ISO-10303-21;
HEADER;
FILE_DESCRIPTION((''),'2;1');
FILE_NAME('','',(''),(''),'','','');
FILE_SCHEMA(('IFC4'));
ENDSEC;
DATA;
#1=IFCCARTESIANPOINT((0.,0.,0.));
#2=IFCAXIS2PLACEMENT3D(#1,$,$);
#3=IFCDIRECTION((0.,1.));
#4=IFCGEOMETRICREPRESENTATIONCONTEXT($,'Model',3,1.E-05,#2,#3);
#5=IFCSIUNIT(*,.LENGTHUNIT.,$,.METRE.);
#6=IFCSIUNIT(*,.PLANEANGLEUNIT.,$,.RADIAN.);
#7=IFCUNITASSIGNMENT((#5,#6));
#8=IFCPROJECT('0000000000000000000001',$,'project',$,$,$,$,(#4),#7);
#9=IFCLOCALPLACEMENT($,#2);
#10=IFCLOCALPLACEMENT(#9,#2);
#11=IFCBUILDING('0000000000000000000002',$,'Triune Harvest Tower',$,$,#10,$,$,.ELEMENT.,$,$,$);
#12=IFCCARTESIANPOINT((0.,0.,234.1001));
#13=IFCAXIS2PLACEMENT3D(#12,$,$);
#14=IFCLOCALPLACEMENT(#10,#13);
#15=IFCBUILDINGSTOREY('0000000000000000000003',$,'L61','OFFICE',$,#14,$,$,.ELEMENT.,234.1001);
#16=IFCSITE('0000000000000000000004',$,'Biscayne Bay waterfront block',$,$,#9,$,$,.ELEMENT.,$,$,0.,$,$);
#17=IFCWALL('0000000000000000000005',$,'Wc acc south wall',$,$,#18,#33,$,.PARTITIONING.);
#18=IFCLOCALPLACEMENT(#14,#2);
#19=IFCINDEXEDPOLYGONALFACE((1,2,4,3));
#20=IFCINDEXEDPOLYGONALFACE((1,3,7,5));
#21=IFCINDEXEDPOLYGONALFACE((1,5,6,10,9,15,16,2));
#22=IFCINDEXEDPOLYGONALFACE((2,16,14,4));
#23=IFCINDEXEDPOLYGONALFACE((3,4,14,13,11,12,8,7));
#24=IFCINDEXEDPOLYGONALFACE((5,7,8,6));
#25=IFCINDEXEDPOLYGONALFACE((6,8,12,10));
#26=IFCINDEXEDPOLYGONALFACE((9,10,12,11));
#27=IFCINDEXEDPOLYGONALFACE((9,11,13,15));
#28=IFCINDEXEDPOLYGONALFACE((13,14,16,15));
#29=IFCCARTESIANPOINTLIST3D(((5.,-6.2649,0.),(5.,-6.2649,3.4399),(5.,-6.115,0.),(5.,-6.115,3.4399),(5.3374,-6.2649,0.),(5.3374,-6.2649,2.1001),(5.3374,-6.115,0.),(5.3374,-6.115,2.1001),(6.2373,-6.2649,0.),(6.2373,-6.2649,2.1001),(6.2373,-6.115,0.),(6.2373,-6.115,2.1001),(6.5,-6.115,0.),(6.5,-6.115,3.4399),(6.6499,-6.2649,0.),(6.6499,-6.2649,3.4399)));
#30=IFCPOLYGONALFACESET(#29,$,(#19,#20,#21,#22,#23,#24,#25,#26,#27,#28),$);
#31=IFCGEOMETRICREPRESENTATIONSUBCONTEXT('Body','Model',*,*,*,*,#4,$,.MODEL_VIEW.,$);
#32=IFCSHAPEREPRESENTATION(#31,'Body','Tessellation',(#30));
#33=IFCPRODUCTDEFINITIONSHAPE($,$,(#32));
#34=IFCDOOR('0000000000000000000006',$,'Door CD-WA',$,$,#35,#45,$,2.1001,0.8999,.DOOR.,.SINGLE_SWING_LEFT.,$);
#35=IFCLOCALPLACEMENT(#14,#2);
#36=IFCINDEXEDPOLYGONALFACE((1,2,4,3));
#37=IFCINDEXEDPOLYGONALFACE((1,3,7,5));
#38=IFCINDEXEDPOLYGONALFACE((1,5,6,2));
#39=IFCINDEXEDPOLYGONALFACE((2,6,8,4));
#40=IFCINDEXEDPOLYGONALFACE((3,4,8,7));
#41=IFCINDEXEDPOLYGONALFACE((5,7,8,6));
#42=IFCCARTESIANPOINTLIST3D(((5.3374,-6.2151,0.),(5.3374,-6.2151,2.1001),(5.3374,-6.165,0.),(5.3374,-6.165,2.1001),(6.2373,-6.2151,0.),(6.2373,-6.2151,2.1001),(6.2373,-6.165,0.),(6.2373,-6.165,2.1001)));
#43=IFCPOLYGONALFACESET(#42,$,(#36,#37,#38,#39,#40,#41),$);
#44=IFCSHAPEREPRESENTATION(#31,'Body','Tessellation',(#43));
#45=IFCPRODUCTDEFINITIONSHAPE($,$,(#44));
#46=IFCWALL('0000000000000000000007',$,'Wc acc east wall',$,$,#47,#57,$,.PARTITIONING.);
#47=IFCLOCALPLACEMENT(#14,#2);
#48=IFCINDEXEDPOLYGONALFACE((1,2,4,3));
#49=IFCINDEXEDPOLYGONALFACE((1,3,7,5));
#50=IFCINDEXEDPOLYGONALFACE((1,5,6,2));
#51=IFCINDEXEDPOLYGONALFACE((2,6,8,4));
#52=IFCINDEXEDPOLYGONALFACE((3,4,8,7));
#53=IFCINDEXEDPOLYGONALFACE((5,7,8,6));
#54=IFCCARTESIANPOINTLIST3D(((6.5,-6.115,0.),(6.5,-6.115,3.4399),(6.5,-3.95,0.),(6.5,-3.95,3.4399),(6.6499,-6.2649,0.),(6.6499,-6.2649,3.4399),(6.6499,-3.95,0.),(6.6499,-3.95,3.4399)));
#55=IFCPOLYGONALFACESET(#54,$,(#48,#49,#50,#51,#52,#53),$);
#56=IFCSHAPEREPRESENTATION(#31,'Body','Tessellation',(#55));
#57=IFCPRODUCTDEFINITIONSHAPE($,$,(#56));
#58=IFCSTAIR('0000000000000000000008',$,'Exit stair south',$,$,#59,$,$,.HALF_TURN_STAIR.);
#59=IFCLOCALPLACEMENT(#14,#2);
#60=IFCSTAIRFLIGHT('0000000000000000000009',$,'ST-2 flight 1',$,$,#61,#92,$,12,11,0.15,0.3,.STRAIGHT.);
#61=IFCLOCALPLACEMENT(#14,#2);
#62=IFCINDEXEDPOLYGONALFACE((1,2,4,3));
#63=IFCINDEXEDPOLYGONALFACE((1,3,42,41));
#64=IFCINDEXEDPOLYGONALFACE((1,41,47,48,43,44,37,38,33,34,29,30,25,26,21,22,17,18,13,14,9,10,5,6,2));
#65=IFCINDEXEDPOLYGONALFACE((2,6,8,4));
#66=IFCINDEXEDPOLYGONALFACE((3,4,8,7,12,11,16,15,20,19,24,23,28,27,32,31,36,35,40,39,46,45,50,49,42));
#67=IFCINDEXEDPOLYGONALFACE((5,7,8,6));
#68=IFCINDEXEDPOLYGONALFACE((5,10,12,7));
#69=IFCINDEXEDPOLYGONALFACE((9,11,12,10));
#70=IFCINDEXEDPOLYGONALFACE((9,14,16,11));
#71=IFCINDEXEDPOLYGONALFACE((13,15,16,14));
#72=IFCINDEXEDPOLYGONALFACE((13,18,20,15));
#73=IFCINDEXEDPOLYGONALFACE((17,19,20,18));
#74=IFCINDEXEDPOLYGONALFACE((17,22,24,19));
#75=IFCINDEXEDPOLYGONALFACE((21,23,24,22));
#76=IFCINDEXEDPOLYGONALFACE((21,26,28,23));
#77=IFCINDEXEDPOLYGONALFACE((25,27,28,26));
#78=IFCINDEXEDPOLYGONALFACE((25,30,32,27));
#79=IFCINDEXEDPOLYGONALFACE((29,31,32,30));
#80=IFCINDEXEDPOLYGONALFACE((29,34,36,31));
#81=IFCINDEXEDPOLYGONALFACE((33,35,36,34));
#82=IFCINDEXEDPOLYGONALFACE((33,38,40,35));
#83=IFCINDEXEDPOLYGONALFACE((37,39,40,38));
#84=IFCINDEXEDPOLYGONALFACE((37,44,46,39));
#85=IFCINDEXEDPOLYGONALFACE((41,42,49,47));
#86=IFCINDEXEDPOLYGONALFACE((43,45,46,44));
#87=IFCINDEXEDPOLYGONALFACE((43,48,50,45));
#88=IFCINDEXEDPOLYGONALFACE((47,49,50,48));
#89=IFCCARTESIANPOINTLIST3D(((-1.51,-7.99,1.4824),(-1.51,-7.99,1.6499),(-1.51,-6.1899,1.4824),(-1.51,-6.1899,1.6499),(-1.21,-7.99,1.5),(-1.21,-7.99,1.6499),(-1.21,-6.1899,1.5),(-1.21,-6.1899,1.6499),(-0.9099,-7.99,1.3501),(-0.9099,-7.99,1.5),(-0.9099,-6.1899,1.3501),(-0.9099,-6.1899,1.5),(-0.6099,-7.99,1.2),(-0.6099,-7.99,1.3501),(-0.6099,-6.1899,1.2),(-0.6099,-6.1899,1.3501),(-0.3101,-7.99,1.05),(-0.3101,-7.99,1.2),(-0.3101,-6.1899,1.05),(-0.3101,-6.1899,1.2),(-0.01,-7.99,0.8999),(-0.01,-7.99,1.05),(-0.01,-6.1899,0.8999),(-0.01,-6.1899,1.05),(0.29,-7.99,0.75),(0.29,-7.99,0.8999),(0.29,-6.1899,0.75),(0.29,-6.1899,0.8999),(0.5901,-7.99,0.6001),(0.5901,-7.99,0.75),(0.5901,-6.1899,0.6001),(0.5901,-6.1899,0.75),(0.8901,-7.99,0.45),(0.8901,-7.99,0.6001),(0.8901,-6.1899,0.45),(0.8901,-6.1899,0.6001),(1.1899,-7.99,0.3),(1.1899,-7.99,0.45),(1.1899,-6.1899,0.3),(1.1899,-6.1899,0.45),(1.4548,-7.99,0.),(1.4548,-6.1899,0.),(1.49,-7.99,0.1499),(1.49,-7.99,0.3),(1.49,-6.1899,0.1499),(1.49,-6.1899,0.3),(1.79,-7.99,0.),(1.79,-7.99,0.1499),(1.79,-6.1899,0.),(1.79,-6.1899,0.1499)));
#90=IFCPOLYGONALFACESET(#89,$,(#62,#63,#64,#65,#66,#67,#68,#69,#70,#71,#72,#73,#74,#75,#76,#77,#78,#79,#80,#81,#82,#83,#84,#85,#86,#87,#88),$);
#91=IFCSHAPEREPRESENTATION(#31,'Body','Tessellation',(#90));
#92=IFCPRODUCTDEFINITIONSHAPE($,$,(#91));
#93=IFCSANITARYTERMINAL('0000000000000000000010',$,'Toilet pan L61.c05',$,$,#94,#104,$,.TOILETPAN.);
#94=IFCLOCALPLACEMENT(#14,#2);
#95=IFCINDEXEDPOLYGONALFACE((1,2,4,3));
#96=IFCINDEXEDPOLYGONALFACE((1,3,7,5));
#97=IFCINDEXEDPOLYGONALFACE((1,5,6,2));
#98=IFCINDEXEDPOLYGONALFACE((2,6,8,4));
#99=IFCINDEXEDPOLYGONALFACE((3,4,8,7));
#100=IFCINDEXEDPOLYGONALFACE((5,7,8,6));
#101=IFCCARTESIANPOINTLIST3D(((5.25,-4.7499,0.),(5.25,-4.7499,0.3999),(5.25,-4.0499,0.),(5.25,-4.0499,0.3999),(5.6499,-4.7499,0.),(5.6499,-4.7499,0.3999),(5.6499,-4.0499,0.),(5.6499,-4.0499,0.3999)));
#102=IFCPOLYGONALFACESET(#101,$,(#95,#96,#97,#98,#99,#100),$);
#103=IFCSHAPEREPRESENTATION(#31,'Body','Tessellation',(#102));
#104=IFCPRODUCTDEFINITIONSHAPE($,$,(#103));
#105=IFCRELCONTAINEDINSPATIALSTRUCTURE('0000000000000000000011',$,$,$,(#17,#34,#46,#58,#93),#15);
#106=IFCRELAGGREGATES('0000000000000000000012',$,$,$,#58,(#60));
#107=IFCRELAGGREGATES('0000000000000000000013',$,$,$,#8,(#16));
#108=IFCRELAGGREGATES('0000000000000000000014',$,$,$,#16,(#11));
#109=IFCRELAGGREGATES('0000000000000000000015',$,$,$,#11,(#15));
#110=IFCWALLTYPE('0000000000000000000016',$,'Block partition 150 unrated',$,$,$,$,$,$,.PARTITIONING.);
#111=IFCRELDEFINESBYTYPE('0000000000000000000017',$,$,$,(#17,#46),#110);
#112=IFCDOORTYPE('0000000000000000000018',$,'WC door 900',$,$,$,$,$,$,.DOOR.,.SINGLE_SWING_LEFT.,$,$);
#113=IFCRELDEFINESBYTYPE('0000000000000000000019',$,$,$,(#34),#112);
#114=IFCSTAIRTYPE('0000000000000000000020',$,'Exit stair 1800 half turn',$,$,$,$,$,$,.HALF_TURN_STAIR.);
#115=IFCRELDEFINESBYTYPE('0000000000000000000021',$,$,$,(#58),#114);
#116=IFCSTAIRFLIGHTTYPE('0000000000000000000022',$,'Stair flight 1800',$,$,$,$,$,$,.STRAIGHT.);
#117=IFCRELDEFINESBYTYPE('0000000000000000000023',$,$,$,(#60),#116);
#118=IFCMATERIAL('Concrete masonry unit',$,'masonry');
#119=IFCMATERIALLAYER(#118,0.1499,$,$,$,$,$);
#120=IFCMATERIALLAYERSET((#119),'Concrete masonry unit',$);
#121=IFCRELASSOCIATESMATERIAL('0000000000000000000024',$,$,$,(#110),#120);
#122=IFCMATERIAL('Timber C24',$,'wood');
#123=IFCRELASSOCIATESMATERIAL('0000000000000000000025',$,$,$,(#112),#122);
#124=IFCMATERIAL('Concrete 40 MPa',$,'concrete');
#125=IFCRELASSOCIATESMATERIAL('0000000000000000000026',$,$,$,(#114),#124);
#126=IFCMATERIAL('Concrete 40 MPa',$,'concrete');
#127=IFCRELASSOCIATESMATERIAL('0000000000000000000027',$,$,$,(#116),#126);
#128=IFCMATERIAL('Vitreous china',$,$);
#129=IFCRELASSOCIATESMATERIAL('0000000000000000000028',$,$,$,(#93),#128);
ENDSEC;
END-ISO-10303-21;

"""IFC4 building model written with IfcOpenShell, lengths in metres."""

from ifc_helpers import new_model, si_unit, direction, frame, frame_2d, origin, origin_2d, place, context, subcontext, project, spatial, polyline, rectangle, outline, extrude, source, transform, mapped, material, layer, layer_set, type_object, element, fill, aggregate, save


model = new_model("IFC4")

# Units and contexts
model_context = context("Model", 3, precision=1e-05, world=origin(), true_north=direction((0.0, 1.0)))
body_context = subcontext(model_context, "Body", "Model", "MODEL_VIEW")
ifc_project = project(units=[si_unit("LENGTHUNIT", "METRE"), si_unit("PLANEANGLEUNIT", "RADIAN")], contexts=[model_context])

# Site, building, storey
site_placement = place(None, origin())
site = spatial("IfcSite", under=ifc_project, at=site_placement, Name="Biscayne Bay waterfront block", CompositionType="ELEMENT", RefElevation=0.0)
building_placement = place(site_placement, origin())
building = spatial("IfcBuilding", under=site, at=building_placement, Name="Triune Harvest Tower", CompositionType="ELEMENT")
storey_placement = place(building_placement, frame((0.0, 0.0, 234.1001)))
storey = spatial("IfcBuildingStorey", under=building, at=storey_placement, Name="L61", Description="OFFICE", CompositionType="ELEMENT", Elevation=234.1001)

# Wall, opening, door
ifc_material_1 = material(Name="Concrete masonry unit", Category="masonry")
ifc_layer_1 = layer(ifc_material_1, 0.1499)
ifc_layer_set_1 = layer_set([ifc_layer_1], Name="Concrete masonry unit")
wall_type_1 = type_object("IfcWallType", Name="Block partition 150 unrated", PredefinedType="PARTITIONING", material=ifc_layer_set_1)
shared_shape_1 = source(origin(), body_context, "Body", "SweptSolid", [
    extrude(outline(polyline([(0.0, -0.075), (1.6499, -0.075), (1.5, 0.075), (0.0, 0.075), (0.0, -0.075)])), origin(), (0.0, 0.0, 1.0), 3.4399),
])
wall_1_placement = place(storey_placement, frame((5.0, -6.1899, 0.0), z_axis=(0.0, 0.0, 1.0), x_axis=(1.0, 0.0, 0.0)))
wall_1 = element("IfcWall", 1, at=wall_1_placement, inside=storey, type_object=wall_type_1, Name="Wc acc south wall", PredefinedType="PARTITIONING", context=body_context, shape_type="MappedRepresentation", body=[
    mapped(shared_shape_1, transform((0.0, 0.0, 0.0), scale=1.0)),
])
opening_1_placement = place(wall_1_placement, frame((0.3374, 0.0, 0.0)))
opening_1 = element("IfcOpeningElement", 2, at=opening_1_placement, cuts=wall_1, PredefinedType="OPENING", context=body_context, shape_type="SweptSolid", body=[
    extrude(rectangle(XDim=0.8999, YDim=2.1001, at=frame_2d((0.45, 1.05))), frame((0.0, 0.085, 0.0), z_axis=(0.0, -1.0, 0.0), x_axis=(1.0, 0.0, 0.0)), (0.0, 0.0, 1.0), 0.1699),
])
ifc_material_2 = material(Name="Timber C24", Category="wood")
door_type_1 = type_object("IfcDoorType", Name="WC door 900", OperationType="SINGLE_SWING_LEFT", PredefinedType="DOOR", material=ifc_material_2)
door_1_placement = place(opening_1_placement, origin())
door_1 = element("IfcDoor", 3, at=door_1_placement, inside=storey, type_object=door_type_1, Name="Door CD-WA", OperationType="SINGLE_SWING_LEFT", OverallHeight=2.1001, OverallWidth=0.8999, PredefinedType="DOOR", context=body_context, shape_type="SweptSolid", body=[
    extrude(rectangle(XDim=0.8999, YDim=2.1001, at=frame_2d((0.45, 1.05))), frame((0.0, 0.0249, 0.0), z_axis=(0.0, -1.0, 0.0), x_axis=(1.0, 0.0, 0.0)), (0.0, 0.0, 1.0), 0.05),
])
fill(opening_1, door_1)

# Wall
shared_shape_2 = source(origin(), body_context, "Body", "SweptSolid", [
    extrude(outline(polyline([(-0.075, -0.075), (2.24, -0.075), (2.24, 0.075), (0.075, 0.075), (-0.075, -0.075)])), origin(), (0.0, 0.0, 1.0), 3.4399),
])
wall_2_placement = place(storey_placement, frame((6.575, -6.1899, 0.0), z_axis=(0.0, 0.0, 1.0), x_axis=(0.0, 1.0, 0.0)))
element("IfcWall", 4, at=wall_2_placement, inside=storey, type_object=wall_type_1, Name="Wc acc east wall", PredefinedType="PARTITIONING", context=body_context, shape_type="MappedRepresentation", body=[
    mapped(shared_shape_2, transform((0.0, 0.0, 0.0), scale=1.0)),
])

# Stair, stair flight
ifc_material_3 = material(Name="Concrete 40 MPa", Category="concrete")
stair_type = type_object("IfcStairType", Name="Exit stair 1800 half turn", PredefinedType="HALF_TURN_STAIR", material=ifc_material_3)
stair_placement = place(storey_placement, origin())
stair = element("IfcStair", 5, at=stair_placement, inside=storey, type_object=stair_type, Name="Exit stair south", PredefinedType="HALF_TURN_STAIR")
ifc_material_4 = material(Name="Concrete 40 MPa", Category="concrete")
stair_flight_type = type_object("IfcStairFlightType", Name="Stair flight 1800", PredefinedType="STRAIGHT", material=ifc_material_4)
shared_shape_3 = source(origin(), body_context, "Body", "SweptSolid", [
    extrude(outline(polyline([(0.0, 0.0), (0.0, 0.1499), (0.3, 0.1499), (0.3, 0.3), (0.6001, 0.3), (0.6001, 0.45), (0.8999, 0.45), (0.8999, 0.6001), (1.2, 0.6001), (1.2, 0.75), (1.5, 0.75), (1.5, 0.8999), (1.8, 0.8999), (1.8, 1.05), (2.1001, 1.05), (2.1001, 1.2), (2.3999, 1.2), (2.3999, 1.3501), (2.7, 1.3501), (2.7, 1.5), (3.0, 1.5), (3.0, 1.6499), (3.3, 1.6499), (3.3, 1.8), (3.3, 1.4824), (0.3352, 0.0), (0.0, 0.0)])), frame((0.0, 0.8999, 0.0), z_axis=(0.0, -1.0, 0.0), x_axis=(1.0, 0.0, 0.0)), (0.0, 0.0, 1.0), 1.8),
])
stair_flight_placement = place(storey_placement, frame((1.79, -7.0901, 0.0), z_axis=(0.0, 0.0, 1.0), x_axis=(-1.0, 0.0, 0.0)))
stair_flight = element("IfcStairFlight", 6, at=stair_flight_placement, type_object=stair_flight_type, Name="ST-2 flight 1", NumberOfRisers=12, NumberOfTreads=11, PredefinedType="STRAIGHT", RiserHeight=0.15, TreadLength=0.3, context=body_context, shape_type="MappedRepresentation", body=[
    mapped(shared_shape_3, transform((0.0, 0.0, 0.0), scale=1.0)),
])
aggregate(stair, [stair_flight])

# Sanitary terminal
ifc_material_5 = material(Name="Vitreous china")
shared_shape_4 = source(origin(), body_context, "Body", "SweptSolid", [
    extrude(rectangle(XDim=0.3999, YDim=0.7, at=origin_2d()), origin(), (0.0, 0.0, 1.0), 0.3999),
])
sanitary_terminal_placement = place(storey_placement, frame((5.45, -4.3999, 0.0), z_axis=(0.0, 0.0, 1.0), x_axis=(1.0, 0.0, 0.0)))
element("IfcSanitaryTerminal", 7, at=sanitary_terminal_placement, inside=storey, material=ifc_material_5, Name="Toilet pan L61.c05", PredefinedType="TOILETPAN", context=body_context, shape_type="MappedRepresentation", body=[
    mapped(shared_shape_4, transform((0.0, 0.0, 0.0), scale=1.0)),
])

save(model, "model.ifc")
